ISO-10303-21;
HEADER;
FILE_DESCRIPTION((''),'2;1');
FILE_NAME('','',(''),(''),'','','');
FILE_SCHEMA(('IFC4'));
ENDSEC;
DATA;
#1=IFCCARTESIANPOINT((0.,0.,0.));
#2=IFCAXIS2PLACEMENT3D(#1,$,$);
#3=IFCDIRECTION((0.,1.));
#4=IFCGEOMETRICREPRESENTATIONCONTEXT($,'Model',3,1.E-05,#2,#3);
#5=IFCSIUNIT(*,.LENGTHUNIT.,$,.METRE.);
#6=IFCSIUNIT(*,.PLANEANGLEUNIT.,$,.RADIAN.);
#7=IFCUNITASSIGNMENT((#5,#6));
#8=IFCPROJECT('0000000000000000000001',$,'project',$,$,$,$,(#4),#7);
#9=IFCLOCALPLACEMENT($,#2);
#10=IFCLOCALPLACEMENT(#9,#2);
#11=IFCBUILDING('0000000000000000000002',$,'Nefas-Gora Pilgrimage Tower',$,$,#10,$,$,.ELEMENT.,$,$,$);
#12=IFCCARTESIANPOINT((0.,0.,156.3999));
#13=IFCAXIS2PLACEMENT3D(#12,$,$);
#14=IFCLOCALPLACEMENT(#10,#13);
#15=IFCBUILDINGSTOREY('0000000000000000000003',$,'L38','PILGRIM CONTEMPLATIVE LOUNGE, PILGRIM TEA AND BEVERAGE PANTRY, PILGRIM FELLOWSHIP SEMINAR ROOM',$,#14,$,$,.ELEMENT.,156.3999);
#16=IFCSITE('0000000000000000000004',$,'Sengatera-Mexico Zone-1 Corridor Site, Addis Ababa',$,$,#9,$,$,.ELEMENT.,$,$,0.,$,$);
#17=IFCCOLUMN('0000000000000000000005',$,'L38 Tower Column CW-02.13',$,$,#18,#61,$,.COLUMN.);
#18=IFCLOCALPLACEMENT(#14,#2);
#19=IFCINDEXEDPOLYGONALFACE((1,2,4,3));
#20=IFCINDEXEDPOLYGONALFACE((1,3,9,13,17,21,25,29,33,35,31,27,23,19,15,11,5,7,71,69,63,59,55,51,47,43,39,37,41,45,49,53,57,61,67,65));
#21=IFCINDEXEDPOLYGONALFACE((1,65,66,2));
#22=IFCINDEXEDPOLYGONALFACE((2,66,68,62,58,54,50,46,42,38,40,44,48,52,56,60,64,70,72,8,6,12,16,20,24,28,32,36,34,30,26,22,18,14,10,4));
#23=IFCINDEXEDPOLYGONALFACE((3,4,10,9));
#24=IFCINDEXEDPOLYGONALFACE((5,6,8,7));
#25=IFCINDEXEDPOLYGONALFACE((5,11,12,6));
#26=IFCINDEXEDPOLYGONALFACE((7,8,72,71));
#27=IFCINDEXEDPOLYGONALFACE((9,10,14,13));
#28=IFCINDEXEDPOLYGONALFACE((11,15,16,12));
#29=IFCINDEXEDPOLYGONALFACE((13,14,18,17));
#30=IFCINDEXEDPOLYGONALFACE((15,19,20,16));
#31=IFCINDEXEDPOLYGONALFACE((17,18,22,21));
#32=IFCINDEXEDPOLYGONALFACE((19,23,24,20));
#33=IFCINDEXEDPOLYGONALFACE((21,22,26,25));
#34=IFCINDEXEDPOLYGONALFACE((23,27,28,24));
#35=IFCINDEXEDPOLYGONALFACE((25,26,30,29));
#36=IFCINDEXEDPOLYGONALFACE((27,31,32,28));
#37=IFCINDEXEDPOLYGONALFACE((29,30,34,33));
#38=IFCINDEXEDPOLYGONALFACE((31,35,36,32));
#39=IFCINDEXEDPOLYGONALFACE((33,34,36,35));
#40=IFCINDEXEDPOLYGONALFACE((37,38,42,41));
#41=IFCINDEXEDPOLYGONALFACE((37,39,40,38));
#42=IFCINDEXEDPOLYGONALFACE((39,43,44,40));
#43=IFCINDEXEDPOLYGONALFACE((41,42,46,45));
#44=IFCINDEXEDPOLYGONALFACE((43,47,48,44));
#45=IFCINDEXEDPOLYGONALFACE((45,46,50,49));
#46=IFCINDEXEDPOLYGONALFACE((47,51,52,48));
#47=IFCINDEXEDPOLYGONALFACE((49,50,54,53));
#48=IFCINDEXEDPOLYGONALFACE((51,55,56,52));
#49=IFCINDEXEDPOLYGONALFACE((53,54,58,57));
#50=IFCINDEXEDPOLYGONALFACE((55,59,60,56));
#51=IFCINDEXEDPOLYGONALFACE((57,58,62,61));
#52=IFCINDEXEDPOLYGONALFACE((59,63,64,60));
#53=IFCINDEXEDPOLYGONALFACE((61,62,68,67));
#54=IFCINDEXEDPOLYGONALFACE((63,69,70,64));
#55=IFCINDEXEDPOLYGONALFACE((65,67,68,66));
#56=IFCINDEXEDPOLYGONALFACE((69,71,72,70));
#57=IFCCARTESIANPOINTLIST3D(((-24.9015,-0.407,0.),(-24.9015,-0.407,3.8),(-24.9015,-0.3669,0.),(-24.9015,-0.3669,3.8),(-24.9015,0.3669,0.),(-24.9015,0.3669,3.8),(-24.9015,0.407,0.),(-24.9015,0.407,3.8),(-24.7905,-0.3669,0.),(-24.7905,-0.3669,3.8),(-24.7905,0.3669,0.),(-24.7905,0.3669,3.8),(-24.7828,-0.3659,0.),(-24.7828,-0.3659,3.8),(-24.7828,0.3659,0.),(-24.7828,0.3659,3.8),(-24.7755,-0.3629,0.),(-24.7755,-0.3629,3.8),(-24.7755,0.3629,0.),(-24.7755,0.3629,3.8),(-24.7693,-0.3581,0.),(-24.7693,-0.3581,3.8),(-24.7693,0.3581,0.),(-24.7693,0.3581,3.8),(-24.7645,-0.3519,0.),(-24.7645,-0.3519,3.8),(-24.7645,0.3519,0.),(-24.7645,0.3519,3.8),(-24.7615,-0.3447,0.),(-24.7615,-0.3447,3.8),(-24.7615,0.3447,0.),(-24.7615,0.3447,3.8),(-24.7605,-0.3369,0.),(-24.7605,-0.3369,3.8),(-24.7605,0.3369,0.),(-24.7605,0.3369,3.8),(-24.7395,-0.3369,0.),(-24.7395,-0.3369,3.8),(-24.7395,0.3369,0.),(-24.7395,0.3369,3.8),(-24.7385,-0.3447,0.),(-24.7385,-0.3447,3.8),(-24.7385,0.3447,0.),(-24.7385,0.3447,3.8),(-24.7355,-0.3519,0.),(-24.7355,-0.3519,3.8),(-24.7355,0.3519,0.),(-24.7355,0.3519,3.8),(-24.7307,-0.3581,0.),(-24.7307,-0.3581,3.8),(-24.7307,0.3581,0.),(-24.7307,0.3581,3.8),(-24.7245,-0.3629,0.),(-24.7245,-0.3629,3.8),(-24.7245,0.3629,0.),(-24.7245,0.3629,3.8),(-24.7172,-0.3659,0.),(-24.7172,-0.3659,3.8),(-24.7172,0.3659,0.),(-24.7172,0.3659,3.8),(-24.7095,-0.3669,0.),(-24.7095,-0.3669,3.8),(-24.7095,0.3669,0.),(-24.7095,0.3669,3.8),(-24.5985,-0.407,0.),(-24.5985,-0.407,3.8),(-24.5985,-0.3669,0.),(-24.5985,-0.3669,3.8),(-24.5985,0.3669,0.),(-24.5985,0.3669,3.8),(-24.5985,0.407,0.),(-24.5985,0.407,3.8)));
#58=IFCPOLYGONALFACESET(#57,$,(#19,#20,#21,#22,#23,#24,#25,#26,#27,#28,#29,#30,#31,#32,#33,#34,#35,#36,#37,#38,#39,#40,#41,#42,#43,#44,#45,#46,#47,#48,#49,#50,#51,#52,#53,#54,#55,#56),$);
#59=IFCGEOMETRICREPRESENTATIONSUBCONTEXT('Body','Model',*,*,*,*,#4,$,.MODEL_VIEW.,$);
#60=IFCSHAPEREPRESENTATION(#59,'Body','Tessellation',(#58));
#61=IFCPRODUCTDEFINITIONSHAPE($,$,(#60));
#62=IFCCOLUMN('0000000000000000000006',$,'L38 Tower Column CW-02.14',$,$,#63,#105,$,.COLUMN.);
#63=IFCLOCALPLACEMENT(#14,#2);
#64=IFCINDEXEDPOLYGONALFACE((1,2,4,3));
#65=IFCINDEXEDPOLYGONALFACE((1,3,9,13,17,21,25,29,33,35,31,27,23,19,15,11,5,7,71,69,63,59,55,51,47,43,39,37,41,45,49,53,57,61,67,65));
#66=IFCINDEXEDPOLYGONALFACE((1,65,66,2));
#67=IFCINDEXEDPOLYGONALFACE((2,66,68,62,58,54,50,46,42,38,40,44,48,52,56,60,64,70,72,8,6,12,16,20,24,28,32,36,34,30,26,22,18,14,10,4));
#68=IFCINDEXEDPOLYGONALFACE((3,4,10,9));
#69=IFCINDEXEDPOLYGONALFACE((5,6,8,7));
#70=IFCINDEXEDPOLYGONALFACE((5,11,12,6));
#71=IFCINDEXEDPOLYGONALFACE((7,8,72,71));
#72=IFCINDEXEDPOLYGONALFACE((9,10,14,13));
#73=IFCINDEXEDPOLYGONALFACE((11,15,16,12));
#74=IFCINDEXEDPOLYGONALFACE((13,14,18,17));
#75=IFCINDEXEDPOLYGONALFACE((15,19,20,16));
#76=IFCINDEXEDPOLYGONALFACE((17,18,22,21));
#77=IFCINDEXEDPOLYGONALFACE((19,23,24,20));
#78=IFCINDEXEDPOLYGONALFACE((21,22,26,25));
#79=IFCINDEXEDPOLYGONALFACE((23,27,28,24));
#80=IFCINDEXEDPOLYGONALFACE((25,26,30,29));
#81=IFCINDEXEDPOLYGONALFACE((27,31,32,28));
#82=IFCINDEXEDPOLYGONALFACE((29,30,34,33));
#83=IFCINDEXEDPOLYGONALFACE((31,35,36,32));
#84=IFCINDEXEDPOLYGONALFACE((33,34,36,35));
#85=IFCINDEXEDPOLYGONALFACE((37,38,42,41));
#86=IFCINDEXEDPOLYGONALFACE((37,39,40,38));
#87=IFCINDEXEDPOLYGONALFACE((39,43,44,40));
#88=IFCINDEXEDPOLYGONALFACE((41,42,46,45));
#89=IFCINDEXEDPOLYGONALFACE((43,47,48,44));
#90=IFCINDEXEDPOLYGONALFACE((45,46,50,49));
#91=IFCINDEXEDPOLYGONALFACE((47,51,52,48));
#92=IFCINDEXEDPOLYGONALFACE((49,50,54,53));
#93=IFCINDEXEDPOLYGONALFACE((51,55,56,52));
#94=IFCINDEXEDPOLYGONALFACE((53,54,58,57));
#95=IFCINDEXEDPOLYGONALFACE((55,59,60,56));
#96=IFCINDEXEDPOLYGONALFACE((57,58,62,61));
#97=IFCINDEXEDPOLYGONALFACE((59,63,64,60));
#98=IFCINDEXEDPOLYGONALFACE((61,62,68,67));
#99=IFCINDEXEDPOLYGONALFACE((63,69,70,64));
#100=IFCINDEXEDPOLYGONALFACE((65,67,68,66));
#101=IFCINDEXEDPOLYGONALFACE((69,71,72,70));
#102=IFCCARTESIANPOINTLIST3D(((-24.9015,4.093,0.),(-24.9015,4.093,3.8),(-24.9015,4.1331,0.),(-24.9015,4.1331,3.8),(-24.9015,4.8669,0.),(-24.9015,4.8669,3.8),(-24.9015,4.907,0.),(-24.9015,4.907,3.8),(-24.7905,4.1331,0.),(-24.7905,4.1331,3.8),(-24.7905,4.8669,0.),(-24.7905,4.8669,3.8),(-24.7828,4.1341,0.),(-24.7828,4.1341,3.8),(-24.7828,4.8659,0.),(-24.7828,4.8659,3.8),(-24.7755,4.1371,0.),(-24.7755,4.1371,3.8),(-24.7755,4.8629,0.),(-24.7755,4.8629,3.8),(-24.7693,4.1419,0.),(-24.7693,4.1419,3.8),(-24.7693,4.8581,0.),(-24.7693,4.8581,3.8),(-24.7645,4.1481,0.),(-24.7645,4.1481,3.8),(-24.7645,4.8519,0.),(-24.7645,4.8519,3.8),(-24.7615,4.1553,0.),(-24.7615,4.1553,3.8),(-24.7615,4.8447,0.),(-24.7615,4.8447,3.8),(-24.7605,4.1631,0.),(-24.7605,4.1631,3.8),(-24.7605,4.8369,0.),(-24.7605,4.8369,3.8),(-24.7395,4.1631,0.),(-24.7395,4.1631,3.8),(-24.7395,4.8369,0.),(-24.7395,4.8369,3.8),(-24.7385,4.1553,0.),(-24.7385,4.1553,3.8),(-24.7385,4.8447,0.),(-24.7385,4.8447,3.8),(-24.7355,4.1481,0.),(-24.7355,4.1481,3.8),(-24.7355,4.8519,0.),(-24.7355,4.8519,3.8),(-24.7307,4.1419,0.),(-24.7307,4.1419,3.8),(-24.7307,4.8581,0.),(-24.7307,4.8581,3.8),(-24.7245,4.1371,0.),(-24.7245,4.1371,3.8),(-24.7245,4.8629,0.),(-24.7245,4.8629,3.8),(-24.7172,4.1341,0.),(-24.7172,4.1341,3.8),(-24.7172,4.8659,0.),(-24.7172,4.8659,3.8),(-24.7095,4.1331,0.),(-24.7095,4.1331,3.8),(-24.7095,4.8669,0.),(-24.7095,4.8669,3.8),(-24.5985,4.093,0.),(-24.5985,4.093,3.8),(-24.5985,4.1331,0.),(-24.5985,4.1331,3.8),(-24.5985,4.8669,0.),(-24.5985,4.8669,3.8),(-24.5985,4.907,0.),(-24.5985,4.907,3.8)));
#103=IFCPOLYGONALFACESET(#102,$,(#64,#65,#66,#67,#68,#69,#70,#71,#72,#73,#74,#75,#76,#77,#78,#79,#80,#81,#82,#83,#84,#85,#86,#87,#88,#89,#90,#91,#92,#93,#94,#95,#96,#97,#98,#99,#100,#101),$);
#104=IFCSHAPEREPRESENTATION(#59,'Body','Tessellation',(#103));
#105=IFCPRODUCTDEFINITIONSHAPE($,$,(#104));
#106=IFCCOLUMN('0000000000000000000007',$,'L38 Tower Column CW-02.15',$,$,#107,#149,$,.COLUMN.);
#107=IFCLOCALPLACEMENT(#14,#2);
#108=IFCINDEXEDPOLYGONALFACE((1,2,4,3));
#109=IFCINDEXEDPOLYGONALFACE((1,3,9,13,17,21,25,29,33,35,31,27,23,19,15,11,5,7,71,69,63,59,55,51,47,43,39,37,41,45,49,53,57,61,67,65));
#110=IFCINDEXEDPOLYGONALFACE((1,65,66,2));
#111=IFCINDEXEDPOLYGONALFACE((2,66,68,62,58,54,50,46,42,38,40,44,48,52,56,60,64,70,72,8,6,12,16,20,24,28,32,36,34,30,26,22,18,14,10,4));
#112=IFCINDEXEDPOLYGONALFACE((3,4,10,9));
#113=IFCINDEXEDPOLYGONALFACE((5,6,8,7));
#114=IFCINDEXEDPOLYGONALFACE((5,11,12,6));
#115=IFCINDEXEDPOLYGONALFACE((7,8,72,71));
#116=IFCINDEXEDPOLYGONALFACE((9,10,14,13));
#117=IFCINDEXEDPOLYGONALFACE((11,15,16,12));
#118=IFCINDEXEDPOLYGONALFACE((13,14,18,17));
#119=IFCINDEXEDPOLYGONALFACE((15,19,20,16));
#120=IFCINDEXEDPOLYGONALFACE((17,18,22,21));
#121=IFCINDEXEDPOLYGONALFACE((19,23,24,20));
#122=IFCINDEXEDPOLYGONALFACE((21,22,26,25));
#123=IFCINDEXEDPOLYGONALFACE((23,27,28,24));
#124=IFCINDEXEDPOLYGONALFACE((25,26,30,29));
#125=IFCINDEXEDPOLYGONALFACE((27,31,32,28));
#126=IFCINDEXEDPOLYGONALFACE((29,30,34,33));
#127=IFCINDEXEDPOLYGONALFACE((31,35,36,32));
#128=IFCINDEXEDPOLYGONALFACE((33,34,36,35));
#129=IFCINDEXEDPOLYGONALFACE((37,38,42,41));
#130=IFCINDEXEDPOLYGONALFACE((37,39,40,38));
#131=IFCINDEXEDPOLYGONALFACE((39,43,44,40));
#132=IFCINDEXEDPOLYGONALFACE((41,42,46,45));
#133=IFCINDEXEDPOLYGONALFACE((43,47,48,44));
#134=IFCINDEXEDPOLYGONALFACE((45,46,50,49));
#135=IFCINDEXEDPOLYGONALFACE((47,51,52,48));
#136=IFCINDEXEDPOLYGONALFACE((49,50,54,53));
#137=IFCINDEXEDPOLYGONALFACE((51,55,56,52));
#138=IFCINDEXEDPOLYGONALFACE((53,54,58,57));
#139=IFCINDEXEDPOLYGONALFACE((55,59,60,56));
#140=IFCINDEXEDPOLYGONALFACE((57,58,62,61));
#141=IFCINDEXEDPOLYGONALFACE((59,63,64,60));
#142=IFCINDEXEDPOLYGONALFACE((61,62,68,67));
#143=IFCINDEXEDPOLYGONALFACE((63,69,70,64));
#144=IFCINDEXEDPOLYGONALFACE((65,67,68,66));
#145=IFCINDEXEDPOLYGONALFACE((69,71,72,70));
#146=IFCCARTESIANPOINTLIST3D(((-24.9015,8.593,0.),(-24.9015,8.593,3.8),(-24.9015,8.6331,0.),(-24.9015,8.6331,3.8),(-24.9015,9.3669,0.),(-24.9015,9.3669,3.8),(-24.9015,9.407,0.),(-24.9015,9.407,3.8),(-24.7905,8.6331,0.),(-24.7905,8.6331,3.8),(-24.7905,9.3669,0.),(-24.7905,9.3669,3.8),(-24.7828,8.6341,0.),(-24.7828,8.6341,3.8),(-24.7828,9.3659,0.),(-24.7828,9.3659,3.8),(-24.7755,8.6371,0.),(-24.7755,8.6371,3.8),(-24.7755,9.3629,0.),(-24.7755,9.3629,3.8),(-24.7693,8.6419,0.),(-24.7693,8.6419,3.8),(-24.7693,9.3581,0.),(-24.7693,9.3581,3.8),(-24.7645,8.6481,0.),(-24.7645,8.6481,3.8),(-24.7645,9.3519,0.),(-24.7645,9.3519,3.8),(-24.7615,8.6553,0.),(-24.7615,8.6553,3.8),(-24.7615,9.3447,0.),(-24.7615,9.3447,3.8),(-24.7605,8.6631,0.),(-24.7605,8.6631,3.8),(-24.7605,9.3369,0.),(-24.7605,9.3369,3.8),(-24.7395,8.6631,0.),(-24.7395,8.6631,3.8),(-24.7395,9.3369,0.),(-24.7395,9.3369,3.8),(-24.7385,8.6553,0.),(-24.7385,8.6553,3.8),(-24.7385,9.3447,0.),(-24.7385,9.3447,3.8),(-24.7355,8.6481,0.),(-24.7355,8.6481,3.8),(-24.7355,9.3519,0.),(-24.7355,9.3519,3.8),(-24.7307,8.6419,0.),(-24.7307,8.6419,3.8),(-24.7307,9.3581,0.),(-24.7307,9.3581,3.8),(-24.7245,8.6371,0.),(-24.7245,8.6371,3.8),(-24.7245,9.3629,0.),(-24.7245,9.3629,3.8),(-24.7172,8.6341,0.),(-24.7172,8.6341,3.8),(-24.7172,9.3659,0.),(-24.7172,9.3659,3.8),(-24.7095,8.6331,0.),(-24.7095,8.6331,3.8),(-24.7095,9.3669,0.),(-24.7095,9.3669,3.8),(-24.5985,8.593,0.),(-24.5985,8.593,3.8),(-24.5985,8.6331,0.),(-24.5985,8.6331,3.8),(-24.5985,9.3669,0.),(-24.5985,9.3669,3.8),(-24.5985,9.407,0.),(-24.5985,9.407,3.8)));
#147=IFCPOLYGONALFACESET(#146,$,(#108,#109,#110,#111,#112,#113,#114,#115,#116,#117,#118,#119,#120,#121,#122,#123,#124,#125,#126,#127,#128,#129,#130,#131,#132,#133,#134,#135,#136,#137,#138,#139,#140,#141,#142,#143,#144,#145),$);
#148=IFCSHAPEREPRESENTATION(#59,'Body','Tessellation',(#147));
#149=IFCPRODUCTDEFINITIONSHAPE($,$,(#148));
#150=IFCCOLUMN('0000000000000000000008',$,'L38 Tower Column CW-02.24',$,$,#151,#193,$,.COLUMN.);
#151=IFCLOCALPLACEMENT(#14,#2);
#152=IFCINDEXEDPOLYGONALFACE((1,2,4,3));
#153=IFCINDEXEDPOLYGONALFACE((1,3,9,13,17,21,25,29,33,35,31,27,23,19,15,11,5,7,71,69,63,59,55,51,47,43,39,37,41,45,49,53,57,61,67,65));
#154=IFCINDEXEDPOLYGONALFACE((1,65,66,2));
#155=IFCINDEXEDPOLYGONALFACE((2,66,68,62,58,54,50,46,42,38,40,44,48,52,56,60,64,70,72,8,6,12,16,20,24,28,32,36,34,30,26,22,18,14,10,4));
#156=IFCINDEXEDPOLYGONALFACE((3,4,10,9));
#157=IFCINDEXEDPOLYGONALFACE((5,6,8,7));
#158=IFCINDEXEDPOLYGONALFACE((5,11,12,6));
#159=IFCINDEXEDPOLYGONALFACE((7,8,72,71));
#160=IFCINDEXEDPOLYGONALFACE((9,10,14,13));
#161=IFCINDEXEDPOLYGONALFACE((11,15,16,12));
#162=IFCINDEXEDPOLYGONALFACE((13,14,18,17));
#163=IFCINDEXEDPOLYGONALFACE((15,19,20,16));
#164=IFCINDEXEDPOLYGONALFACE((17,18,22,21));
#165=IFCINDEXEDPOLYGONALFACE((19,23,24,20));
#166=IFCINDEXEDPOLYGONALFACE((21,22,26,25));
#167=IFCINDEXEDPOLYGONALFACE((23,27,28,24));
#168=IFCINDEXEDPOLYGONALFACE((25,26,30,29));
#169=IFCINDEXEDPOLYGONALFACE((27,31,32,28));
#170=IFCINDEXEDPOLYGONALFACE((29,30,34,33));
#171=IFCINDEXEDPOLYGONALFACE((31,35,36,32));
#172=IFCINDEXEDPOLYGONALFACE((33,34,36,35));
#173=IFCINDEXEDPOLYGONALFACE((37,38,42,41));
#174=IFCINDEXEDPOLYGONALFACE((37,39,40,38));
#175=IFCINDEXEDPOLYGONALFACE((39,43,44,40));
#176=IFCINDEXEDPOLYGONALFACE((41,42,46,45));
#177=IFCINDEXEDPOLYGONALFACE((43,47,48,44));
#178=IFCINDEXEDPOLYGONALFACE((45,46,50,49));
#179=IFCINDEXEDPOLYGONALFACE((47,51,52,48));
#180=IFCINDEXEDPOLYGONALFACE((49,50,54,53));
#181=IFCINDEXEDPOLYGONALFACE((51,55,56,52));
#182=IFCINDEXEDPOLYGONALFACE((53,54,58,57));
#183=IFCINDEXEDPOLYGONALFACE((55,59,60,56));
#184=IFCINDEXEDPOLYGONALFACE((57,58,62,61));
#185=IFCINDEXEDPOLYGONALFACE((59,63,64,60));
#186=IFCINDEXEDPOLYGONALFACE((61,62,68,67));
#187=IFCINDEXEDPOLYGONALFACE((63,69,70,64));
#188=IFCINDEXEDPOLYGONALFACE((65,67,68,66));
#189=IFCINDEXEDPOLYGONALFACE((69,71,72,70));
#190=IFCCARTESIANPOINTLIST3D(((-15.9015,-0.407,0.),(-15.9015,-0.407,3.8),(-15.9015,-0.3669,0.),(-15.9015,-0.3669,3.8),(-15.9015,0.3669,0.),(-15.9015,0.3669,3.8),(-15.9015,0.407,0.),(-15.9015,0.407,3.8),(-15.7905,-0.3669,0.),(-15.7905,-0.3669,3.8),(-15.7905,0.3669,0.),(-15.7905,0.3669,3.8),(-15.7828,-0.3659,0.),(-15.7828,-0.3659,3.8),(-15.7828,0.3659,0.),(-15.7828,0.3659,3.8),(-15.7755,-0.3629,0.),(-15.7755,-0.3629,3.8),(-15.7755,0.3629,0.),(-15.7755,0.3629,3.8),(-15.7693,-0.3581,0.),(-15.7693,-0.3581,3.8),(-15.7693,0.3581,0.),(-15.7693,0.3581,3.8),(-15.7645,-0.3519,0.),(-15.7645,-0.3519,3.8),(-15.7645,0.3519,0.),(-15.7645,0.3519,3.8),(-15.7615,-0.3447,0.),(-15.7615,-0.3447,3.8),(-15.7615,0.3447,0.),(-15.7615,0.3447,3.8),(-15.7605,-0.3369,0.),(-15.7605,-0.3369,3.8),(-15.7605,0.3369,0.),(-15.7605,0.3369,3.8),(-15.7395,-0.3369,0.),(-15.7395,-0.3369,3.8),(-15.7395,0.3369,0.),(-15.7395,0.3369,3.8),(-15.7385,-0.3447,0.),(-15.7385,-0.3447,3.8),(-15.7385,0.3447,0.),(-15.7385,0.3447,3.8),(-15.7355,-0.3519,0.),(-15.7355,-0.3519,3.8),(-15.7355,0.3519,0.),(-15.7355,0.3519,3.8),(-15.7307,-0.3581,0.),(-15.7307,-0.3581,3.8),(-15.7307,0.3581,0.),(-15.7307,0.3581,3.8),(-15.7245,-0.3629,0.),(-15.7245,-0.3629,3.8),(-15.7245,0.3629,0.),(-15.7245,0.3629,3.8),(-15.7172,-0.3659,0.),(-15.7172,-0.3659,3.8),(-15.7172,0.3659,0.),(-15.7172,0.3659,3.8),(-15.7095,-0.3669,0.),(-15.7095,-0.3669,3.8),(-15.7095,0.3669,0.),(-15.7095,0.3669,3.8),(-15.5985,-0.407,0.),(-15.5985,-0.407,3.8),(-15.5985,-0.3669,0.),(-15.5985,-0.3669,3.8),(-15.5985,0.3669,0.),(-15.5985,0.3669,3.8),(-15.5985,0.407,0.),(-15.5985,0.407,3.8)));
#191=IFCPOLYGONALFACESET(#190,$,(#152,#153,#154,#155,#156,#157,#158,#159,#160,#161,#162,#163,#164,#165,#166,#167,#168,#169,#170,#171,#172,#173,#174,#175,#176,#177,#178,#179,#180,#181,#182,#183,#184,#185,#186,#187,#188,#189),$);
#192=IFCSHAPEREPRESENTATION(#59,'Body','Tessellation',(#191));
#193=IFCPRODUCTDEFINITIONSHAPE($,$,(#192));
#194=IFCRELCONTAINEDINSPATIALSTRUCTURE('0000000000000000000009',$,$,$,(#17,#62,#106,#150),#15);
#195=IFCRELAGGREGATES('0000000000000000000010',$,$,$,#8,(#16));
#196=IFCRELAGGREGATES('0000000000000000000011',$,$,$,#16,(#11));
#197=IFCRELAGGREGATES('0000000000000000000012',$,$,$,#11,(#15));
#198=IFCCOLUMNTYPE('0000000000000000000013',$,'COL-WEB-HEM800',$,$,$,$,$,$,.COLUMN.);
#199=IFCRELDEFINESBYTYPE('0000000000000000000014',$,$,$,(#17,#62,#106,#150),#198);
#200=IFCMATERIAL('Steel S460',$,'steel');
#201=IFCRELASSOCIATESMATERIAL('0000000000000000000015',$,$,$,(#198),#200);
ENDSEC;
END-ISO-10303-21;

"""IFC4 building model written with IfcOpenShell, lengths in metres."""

from ifc_helpers import new_model, si_unit, direction, frame, origin, origin_2d, place, context, subcontext, project, spatial, i_section, extrude, source, transform, mapped, material, material_profile, profile_set, type_object, element, save


model = new_model("IFC4")

# Units and contexts
model_context = context("Model", 3, precision=1e-05, world=origin(), true_north=direction((0.0, 1.0)))
body_context = subcontext(model_context, "Body", "Model", "MODEL_VIEW")
ifc_project = project(units=[si_unit("LENGTHUNIT", "METRE"), si_unit("PLANEANGLEUNIT", "RADIAN")], contexts=[model_context])

# Site, building, storey
site_placement = place(None, origin())
site = spatial("IfcSite", under=ifc_project, at=site_placement, Name="Sengatera-Mexico Zone-1 Corridor Site, Addis Ababa", CompositionType="ELEMENT", RefElevation=0.0)
building_placement = place(site_placement, origin())
building = spatial("IfcBuilding", under=site, at=building_placement, Name="Nefas-Gora Pilgrimage Tower", CompositionType="ELEMENT")
storey_placement = place(building_placement, frame((0.0, 0.0, 156.3999)))
storey = spatial("IfcBuildingStorey", under=building, at=storey_placement, Name="L38", Description="PILGRIM CONTEMPLATIVE LOUNGE, PILGRIM TEA AND BEVERAGE PANTRY, PILGRIM FELLOWSHIP SEMINAR ROOM", CompositionType="ELEMENT", Elevation=156.3999)

# Columns
ifc_material_1 = material(Name="Steel S460", Category="steel")
ifc_material_profile_1 = material_profile(ifc_material_1, i_section(OverallWidth=0.303, OverallDepth=0.814, WebThickness=0.021, FlangeThickness=0.04, FilletRadius=0.03, at=origin_2d()), Name="HEM 800")
ifc_profile_set_1 = profile_set([ifc_material_profile_1], Name="Steel S460")
column_type_1 = type_object("IfcColumnType", Name="COL-WEB-HEM800", PredefinedType="COLUMN", material=ifc_profile_set_1)
shared_shape_1 = source(origin(), body_context, "Body", "SweptSolid", [
    extrude(i_section(OverallWidth=0.303, OverallDepth=0.814, WebThickness=0.021, FlangeThickness=0.04, FilletRadius=0.03, at=origin_2d()), origin(), (0.0, 0.0, 1.0), 3.8),
])
for number, where, z_axis, x_axis, name in (
    (1, (-24.75, 0.0, 0.0), (0.0, 0.0, 1.0), (1.0, 0.0, 0.0), "L38 Tower Column CW-02.13"),
    (2, (-24.75, 4.5, 0.0), (0.0, 0.0, 1.0), (1.0, 0.0, 0.0), "L38 Tower Column CW-02.14"),
    (3, (-24.75, 9.0, 0.0), (0.0, 0.0, 1.0), (1.0, 0.0, 0.0), "L38 Tower Column CW-02.15"),
    (4, (-15.75, 0.0, 0.0), (0.0, 0.0, 1.0), (1.0, 0.0, 0.0), "L38 Tower Column CW-02.24"),
):
    element("IfcColumn", number, at=place(storey_placement, frame(where, z_axis=z_axis, x_axis=x_axis)), inside=storey, type_object=column_type_1, Name=name, PredefinedType="COLUMN", context=body_context, shape_type="MappedRepresentation", body=[
        mapped(shared_shape_1, transform((0.0, 0.0, 0.0), x_axis=(1.0, 0.0, 0.0), y_axis=(0.0, 1.0, 0.0), z_axis=(0.0, 0.0, 1.0), scale=1.0)),
    ])

save(model, "model.ifc")
